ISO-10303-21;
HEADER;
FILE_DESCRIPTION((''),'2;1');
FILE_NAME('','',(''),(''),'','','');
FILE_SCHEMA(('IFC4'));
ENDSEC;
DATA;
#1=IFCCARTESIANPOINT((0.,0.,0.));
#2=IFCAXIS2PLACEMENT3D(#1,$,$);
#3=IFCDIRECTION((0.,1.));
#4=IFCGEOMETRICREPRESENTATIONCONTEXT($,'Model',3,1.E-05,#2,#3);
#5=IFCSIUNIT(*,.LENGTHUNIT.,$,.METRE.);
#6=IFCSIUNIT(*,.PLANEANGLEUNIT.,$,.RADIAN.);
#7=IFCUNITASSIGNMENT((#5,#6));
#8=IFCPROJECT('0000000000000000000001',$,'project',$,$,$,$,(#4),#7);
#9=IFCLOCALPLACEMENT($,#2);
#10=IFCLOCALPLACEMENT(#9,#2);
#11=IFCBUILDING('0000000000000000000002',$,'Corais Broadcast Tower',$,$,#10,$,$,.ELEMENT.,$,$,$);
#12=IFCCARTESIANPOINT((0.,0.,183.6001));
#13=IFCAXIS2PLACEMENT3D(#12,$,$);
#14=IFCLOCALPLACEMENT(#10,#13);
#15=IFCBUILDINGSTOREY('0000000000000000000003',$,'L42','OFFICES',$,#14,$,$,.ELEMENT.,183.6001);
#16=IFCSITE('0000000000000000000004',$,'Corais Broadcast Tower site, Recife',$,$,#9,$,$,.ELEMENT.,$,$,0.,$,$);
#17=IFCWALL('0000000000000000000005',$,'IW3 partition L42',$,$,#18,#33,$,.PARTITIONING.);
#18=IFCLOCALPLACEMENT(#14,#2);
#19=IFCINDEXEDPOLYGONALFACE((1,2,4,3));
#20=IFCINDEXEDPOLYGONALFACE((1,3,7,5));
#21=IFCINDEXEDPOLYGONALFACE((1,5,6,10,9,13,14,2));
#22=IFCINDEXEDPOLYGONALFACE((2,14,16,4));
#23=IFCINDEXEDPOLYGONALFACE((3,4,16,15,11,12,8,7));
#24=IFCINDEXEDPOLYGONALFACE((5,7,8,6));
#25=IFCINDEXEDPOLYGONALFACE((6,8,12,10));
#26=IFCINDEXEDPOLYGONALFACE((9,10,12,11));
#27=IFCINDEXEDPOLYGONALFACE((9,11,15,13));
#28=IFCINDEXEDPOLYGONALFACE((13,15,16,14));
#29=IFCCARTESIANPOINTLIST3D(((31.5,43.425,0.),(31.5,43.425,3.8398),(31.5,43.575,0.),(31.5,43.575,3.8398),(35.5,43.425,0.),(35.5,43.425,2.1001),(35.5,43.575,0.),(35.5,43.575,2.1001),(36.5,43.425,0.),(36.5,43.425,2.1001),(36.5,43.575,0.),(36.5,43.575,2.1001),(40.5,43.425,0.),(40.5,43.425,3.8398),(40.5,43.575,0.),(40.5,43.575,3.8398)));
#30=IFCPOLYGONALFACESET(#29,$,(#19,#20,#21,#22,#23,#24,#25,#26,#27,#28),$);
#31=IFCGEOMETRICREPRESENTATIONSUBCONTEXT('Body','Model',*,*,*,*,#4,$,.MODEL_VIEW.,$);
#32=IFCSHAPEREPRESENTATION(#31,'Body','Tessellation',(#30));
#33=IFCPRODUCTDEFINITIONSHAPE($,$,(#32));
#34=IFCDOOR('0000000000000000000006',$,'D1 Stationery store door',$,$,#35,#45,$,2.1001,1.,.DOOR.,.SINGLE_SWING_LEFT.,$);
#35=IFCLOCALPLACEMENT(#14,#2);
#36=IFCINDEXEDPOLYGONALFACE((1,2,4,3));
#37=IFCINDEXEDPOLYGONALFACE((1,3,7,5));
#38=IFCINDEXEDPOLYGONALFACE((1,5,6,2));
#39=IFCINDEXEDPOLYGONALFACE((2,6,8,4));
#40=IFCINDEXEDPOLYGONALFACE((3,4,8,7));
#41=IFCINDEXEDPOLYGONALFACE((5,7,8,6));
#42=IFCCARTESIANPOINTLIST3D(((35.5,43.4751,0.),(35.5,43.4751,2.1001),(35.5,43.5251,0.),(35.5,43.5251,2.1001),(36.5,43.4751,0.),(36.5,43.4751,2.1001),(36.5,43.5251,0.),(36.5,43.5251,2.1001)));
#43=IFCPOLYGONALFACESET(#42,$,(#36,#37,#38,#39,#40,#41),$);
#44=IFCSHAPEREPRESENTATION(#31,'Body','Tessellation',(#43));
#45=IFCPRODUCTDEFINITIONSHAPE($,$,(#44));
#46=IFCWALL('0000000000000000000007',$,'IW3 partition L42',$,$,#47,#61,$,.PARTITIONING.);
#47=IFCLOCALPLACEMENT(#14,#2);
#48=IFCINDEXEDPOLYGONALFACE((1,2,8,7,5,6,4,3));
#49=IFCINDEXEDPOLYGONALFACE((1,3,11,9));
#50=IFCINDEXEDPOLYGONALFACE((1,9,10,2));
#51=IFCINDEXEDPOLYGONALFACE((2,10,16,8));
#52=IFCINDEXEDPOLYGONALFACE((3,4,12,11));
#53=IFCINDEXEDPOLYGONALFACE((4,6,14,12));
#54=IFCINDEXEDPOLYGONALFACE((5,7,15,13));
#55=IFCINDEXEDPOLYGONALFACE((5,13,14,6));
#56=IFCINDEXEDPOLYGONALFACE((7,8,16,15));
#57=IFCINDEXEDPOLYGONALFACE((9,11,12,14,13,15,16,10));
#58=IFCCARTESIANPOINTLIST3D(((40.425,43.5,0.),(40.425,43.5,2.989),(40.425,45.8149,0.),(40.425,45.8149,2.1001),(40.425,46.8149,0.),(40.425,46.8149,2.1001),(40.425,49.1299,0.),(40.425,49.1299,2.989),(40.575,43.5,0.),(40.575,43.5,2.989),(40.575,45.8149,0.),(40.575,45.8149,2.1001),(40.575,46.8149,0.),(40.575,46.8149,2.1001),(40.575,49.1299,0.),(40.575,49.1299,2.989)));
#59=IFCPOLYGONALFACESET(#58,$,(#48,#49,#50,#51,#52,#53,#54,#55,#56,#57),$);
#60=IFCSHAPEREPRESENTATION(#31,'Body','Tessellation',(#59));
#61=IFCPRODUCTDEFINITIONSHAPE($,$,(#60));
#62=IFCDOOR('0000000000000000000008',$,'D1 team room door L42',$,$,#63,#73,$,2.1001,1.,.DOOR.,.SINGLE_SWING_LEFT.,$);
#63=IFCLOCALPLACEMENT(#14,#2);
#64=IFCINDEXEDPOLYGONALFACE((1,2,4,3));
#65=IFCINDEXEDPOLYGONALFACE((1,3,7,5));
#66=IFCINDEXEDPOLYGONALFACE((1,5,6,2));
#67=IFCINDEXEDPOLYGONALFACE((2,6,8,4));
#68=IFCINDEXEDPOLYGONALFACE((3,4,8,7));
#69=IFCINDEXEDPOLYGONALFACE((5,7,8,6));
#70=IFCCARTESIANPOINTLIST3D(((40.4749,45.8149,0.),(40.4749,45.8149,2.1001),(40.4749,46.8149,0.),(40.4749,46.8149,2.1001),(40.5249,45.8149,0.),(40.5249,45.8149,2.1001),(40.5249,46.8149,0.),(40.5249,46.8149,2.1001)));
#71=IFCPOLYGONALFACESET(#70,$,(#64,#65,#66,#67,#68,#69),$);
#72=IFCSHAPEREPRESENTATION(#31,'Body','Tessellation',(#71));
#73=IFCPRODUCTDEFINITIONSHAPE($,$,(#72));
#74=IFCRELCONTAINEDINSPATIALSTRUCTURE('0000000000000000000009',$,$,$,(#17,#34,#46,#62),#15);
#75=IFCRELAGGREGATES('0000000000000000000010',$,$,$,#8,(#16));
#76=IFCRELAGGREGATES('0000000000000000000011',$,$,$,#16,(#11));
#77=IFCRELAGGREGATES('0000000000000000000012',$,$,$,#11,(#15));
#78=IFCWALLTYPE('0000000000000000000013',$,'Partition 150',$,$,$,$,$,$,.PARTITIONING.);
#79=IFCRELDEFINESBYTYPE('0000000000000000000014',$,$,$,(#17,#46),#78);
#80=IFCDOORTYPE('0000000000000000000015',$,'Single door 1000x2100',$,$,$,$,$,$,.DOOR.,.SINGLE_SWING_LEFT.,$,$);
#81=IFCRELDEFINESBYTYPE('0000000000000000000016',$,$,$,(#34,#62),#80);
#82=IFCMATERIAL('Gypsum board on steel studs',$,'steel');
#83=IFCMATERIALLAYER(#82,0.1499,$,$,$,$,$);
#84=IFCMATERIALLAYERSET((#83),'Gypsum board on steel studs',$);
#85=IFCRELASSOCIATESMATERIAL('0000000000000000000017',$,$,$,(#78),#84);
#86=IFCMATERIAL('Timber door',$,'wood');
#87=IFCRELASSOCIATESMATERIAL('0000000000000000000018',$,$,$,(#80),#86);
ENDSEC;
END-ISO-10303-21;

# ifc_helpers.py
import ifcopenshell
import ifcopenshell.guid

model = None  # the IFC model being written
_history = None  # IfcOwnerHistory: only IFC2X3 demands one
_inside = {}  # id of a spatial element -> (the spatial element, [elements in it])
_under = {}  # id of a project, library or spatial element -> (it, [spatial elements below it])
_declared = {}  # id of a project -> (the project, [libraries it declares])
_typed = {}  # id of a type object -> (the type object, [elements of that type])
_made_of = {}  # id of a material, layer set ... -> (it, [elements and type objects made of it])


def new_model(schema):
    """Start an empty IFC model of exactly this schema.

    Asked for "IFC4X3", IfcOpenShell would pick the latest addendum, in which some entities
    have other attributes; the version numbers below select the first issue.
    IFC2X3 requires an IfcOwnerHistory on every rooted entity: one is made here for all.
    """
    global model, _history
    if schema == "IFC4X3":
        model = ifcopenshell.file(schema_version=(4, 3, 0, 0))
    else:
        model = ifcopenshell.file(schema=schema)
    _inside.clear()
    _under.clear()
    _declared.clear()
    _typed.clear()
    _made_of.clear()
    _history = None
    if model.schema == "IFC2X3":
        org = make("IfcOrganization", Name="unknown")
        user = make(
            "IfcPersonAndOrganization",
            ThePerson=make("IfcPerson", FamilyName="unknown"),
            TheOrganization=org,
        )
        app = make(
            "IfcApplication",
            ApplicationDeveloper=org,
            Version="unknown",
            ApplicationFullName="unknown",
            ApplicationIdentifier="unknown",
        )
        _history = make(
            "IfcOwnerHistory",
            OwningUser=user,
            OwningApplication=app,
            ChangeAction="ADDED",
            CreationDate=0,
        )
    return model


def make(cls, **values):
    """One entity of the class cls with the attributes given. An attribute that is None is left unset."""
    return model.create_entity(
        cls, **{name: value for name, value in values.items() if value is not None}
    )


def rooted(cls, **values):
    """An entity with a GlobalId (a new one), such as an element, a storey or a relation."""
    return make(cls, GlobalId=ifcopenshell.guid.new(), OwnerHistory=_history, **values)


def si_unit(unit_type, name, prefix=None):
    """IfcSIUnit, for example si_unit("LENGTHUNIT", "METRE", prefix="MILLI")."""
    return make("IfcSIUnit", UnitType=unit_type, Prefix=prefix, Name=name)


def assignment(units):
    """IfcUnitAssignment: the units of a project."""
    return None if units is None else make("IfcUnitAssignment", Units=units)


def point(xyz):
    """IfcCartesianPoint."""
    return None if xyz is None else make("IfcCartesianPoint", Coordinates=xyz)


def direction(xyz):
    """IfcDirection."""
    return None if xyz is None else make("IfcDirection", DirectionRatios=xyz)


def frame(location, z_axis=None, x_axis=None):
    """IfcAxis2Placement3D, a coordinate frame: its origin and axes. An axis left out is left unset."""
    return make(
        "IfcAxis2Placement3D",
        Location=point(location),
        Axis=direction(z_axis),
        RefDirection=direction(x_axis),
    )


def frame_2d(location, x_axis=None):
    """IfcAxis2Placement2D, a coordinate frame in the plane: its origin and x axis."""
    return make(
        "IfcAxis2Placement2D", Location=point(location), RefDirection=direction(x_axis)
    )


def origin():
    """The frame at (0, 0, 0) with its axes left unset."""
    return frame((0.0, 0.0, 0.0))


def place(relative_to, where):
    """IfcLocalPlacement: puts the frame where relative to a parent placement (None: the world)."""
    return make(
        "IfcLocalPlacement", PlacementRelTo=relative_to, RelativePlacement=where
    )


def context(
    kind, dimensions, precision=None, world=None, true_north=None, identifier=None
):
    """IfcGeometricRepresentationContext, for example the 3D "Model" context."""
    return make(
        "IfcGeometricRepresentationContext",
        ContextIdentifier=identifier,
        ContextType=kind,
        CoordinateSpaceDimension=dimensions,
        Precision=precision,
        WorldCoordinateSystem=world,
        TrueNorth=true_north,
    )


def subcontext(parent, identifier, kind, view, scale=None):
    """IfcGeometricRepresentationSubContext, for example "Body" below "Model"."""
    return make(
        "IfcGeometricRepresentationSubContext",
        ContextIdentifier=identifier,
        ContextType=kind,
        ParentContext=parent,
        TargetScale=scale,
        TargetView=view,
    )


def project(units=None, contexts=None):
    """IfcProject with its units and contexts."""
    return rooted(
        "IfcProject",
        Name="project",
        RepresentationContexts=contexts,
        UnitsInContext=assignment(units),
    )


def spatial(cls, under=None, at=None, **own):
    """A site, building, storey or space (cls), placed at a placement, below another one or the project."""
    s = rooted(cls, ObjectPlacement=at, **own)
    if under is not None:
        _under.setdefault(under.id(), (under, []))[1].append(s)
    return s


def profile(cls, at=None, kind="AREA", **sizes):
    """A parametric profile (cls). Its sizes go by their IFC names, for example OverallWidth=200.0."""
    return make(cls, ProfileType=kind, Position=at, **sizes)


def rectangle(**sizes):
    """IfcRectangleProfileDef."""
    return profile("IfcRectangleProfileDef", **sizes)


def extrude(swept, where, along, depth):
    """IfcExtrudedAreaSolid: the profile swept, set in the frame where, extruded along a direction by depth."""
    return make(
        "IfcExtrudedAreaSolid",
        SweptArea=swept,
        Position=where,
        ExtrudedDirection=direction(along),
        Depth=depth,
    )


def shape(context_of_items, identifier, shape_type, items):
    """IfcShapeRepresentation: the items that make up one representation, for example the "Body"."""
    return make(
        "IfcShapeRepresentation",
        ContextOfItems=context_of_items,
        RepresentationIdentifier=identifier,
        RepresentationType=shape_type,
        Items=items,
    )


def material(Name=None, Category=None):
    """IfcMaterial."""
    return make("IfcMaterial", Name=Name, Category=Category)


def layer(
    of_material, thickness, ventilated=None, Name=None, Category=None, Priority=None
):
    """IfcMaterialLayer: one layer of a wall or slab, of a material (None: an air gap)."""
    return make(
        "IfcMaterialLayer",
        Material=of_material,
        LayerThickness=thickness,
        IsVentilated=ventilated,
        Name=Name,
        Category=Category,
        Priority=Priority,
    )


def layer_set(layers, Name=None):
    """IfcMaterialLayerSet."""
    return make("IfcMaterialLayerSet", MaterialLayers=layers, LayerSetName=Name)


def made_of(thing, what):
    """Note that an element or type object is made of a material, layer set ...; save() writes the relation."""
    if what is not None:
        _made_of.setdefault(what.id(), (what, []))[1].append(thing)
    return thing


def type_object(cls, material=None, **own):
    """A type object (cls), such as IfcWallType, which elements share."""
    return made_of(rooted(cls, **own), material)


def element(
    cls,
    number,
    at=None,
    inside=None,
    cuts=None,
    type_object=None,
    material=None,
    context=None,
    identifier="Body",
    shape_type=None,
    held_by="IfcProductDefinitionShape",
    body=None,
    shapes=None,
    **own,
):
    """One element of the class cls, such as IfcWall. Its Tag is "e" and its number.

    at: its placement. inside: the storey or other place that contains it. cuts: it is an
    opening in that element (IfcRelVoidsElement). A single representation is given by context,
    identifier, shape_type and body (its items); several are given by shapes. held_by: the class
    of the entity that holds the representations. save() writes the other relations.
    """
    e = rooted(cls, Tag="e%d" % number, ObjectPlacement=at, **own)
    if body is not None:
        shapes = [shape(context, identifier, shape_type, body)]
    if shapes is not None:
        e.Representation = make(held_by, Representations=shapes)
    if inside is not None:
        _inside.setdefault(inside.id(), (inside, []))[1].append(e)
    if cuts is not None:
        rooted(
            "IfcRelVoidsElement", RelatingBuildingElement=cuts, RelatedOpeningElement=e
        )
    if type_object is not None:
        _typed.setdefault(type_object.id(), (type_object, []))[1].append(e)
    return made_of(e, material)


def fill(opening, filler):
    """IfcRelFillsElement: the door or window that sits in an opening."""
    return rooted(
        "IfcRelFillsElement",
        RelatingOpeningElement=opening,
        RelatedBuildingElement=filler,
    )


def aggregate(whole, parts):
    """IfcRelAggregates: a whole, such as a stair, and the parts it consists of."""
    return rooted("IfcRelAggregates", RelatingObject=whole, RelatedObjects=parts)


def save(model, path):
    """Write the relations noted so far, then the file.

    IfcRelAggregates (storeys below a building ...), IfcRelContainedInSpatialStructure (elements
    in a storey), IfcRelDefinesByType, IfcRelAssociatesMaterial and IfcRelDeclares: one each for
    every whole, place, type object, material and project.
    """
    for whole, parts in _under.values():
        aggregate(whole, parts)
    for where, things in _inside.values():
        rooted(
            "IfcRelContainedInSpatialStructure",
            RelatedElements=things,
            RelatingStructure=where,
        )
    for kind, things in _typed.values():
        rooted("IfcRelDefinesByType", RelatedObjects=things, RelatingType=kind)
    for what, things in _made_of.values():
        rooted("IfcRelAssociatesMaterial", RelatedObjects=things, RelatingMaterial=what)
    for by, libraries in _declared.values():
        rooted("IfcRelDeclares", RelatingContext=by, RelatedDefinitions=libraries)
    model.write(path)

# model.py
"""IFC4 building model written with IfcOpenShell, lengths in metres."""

from ifc_helpers import new_model, si_unit, direction, frame, frame_2d, origin, place, context, subcontext, project, spatial, rectangle, extrude, material, layer, layer_set, type_object, element, fill, save


model = new_model("IFC4")

# Units and contexts
model_context = context("Model", 3, precision=1e-05, world=origin(), true_north=direction((0.0, 1.0)))
body_context = subcontext(model_context, "Body", "Model", "MODEL_VIEW")
ifc_project = project(units=[si_unit("LENGTHUNIT", "METRE"), si_unit("PLANEANGLEUNIT", "RADIAN")], contexts=[model_context])

# Site, building, storey
site_placement = place(None, origin())
site = spatial("IfcSite", under=ifc_project, at=site_placement, Name="Corais Broadcast Tower site, Recife", CompositionType="ELEMENT", RefElevation=0.0)
building_placement = place(site_placement, origin())
building = spatial("IfcBuilding", under=site, at=building_placement, Name="Corais Broadcast Tower", CompositionType="ELEMENT")
storey_placement = place(building_placement, frame((0.0, 0.0, 183.6001)))
storey = spatial("IfcBuildingStorey", under=building, at=storey_placement, Name="L42", Description="OFFICES", CompositionType="ELEMENT", Elevation=183.6001)

# Walls, openings, doors
ifc_material_1 = material(Name="Gypsum board on steel studs", Category="steel")
ifc_layer_1 = layer(ifc_material_1, 0.1499)
ifc_layer_set_1 = layer_set([ifc_layer_1], Name="Gypsum board on steel studs")
wall_type = type_object("IfcWallType", Name="Partition 150", PredefinedType="PARTITIONING", material=ifc_layer_set_1)
wall_1_placement = place(storey_placement, frame((40.5, 43.5, 0.0), z_axis=(0.0, 0.0, 1.0), x_axis=(-1.0, 0.0, 0.0)))
wall_1 = element("IfcWall", 1, at=wall_1_placement, inside=storey, type_object=wall_type, Name="IW3 partition L42", PredefinedType="PARTITIONING", context=body_context, shape_type="SweptSolid", body=[
    extrude(rectangle(XDim=9.0, YDim=0.1499, at=frame_2d((4.5, 0.0))), origin(), (0.0, 0.0, 1.0), 3.8398),
])
opening_1_placement = place(wall_1_placement, frame((4.0, 0.0, 0.0)))
opening_1 = element("IfcOpeningElement", 2, at=opening_1_placement, cuts=wall_1, PredefinedType="OPENING", context=body_context, shape_type="SweptSolid", body=[
    extrude(rectangle(XDim=1.0, YDim=2.1001, at=frame_2d((0.5, 1.05))), frame((0.0, 0.085, 0.0), z_axis=(0.0, -1.0, 0.0), x_axis=(1.0, 0.0, 0.0)), (0.0, 0.0, 1.0), 0.1699),
])
ifc_material_2 = material(Name="Timber door", Category="wood")
door_type = type_object("IfcDoorType", Name="Single door 1000x2100", OperationType="SINGLE_SWING_LEFT", PredefinedType="DOOR", material=ifc_material_2)
door_1_placement = place(opening_1_placement, origin())
door_1 = element("IfcDoor", 3, at=door_1_placement, inside=storey, type_object=door_type, Name="D1 Stationery store door", OperationType="SINGLE_SWING_LEFT", OverallHeight=2.1001, OverallWidth=1.0, PredefinedType="DOOR", context=body_context, shape_type="SweptSolid", body=[
    extrude(rectangle(XDim=1.0, YDim=2.1001, at=frame_2d((0.5, 1.05))), frame((0.0, 0.0249, 0.0), z_axis=(0.0, -1.0, 0.0), x_axis=(1.0, 0.0, 0.0)), (0.0, 0.0, 1.0), 0.05),
])
fill(opening_1, door_1)
wall_2_placement = place(storey_placement, frame((40.5, 49.1299, 0.0), z_axis=(0.0, 0.0, 1.0), x_axis=(0.0, -1.0, 0.0)))
wall_2 = element("IfcWall", 4, at=wall_2_placement, inside=storey, type_object=wall_type, Name="IW3 partition L42", PredefinedType="PARTITIONING", context=body_context, shape_type="SweptSolid", body=[
    extrude(rectangle(XDim=5.6299, YDim=0.1499, at=frame_2d((2.8149, 0.0))), origin(), (0.0, 0.0, 1.0), 2.989),
])
opening_2_placement = place(wall_2_placement, frame((2.3149, 0.0, 0.0)))
opening_2 = element("IfcOpeningElement", 5, at=opening_2_placement, cuts=wall_2, PredefinedType="OPENING", context=body_context, shape_type="SweptSolid", body=[
    extrude(rectangle(XDim=1.0, YDim=2.1001, at=frame_2d((0.5, 1.05))), frame((0.0, 0.085, 0.0), z_axis=(0.0, -1.0, 0.0), x_axis=(1.0, 0.0, 0.0)), (0.0, 0.0, 1.0), 0.1699),
])
door_2_placement = place(opening_2_placement, origin())
door_2 = element("IfcDoor", 6, at=door_2_placement, inside=storey, type_object=door_type, Name="D1 team room door L42", OperationType="SINGLE_SWING_LEFT", OverallHeight=2.1001, OverallWidth=1.0, PredefinedType="DOOR", context=body_context, shape_type="SweptSolid", body=[
    extrude(rectangle(XDim=1.0, YDim=2.1001, at=frame_2d((0.5, 1.05))), frame((0.0, 0.0249, 0.0), z_axis=(0.0, -1.0, 0.0), x_axis=(1.0, 0.0, 0.0)), (0.0, 0.0, 1.0), 0.05),
])
fill(opening_2, door_2)

save(model, "model.ifc")
